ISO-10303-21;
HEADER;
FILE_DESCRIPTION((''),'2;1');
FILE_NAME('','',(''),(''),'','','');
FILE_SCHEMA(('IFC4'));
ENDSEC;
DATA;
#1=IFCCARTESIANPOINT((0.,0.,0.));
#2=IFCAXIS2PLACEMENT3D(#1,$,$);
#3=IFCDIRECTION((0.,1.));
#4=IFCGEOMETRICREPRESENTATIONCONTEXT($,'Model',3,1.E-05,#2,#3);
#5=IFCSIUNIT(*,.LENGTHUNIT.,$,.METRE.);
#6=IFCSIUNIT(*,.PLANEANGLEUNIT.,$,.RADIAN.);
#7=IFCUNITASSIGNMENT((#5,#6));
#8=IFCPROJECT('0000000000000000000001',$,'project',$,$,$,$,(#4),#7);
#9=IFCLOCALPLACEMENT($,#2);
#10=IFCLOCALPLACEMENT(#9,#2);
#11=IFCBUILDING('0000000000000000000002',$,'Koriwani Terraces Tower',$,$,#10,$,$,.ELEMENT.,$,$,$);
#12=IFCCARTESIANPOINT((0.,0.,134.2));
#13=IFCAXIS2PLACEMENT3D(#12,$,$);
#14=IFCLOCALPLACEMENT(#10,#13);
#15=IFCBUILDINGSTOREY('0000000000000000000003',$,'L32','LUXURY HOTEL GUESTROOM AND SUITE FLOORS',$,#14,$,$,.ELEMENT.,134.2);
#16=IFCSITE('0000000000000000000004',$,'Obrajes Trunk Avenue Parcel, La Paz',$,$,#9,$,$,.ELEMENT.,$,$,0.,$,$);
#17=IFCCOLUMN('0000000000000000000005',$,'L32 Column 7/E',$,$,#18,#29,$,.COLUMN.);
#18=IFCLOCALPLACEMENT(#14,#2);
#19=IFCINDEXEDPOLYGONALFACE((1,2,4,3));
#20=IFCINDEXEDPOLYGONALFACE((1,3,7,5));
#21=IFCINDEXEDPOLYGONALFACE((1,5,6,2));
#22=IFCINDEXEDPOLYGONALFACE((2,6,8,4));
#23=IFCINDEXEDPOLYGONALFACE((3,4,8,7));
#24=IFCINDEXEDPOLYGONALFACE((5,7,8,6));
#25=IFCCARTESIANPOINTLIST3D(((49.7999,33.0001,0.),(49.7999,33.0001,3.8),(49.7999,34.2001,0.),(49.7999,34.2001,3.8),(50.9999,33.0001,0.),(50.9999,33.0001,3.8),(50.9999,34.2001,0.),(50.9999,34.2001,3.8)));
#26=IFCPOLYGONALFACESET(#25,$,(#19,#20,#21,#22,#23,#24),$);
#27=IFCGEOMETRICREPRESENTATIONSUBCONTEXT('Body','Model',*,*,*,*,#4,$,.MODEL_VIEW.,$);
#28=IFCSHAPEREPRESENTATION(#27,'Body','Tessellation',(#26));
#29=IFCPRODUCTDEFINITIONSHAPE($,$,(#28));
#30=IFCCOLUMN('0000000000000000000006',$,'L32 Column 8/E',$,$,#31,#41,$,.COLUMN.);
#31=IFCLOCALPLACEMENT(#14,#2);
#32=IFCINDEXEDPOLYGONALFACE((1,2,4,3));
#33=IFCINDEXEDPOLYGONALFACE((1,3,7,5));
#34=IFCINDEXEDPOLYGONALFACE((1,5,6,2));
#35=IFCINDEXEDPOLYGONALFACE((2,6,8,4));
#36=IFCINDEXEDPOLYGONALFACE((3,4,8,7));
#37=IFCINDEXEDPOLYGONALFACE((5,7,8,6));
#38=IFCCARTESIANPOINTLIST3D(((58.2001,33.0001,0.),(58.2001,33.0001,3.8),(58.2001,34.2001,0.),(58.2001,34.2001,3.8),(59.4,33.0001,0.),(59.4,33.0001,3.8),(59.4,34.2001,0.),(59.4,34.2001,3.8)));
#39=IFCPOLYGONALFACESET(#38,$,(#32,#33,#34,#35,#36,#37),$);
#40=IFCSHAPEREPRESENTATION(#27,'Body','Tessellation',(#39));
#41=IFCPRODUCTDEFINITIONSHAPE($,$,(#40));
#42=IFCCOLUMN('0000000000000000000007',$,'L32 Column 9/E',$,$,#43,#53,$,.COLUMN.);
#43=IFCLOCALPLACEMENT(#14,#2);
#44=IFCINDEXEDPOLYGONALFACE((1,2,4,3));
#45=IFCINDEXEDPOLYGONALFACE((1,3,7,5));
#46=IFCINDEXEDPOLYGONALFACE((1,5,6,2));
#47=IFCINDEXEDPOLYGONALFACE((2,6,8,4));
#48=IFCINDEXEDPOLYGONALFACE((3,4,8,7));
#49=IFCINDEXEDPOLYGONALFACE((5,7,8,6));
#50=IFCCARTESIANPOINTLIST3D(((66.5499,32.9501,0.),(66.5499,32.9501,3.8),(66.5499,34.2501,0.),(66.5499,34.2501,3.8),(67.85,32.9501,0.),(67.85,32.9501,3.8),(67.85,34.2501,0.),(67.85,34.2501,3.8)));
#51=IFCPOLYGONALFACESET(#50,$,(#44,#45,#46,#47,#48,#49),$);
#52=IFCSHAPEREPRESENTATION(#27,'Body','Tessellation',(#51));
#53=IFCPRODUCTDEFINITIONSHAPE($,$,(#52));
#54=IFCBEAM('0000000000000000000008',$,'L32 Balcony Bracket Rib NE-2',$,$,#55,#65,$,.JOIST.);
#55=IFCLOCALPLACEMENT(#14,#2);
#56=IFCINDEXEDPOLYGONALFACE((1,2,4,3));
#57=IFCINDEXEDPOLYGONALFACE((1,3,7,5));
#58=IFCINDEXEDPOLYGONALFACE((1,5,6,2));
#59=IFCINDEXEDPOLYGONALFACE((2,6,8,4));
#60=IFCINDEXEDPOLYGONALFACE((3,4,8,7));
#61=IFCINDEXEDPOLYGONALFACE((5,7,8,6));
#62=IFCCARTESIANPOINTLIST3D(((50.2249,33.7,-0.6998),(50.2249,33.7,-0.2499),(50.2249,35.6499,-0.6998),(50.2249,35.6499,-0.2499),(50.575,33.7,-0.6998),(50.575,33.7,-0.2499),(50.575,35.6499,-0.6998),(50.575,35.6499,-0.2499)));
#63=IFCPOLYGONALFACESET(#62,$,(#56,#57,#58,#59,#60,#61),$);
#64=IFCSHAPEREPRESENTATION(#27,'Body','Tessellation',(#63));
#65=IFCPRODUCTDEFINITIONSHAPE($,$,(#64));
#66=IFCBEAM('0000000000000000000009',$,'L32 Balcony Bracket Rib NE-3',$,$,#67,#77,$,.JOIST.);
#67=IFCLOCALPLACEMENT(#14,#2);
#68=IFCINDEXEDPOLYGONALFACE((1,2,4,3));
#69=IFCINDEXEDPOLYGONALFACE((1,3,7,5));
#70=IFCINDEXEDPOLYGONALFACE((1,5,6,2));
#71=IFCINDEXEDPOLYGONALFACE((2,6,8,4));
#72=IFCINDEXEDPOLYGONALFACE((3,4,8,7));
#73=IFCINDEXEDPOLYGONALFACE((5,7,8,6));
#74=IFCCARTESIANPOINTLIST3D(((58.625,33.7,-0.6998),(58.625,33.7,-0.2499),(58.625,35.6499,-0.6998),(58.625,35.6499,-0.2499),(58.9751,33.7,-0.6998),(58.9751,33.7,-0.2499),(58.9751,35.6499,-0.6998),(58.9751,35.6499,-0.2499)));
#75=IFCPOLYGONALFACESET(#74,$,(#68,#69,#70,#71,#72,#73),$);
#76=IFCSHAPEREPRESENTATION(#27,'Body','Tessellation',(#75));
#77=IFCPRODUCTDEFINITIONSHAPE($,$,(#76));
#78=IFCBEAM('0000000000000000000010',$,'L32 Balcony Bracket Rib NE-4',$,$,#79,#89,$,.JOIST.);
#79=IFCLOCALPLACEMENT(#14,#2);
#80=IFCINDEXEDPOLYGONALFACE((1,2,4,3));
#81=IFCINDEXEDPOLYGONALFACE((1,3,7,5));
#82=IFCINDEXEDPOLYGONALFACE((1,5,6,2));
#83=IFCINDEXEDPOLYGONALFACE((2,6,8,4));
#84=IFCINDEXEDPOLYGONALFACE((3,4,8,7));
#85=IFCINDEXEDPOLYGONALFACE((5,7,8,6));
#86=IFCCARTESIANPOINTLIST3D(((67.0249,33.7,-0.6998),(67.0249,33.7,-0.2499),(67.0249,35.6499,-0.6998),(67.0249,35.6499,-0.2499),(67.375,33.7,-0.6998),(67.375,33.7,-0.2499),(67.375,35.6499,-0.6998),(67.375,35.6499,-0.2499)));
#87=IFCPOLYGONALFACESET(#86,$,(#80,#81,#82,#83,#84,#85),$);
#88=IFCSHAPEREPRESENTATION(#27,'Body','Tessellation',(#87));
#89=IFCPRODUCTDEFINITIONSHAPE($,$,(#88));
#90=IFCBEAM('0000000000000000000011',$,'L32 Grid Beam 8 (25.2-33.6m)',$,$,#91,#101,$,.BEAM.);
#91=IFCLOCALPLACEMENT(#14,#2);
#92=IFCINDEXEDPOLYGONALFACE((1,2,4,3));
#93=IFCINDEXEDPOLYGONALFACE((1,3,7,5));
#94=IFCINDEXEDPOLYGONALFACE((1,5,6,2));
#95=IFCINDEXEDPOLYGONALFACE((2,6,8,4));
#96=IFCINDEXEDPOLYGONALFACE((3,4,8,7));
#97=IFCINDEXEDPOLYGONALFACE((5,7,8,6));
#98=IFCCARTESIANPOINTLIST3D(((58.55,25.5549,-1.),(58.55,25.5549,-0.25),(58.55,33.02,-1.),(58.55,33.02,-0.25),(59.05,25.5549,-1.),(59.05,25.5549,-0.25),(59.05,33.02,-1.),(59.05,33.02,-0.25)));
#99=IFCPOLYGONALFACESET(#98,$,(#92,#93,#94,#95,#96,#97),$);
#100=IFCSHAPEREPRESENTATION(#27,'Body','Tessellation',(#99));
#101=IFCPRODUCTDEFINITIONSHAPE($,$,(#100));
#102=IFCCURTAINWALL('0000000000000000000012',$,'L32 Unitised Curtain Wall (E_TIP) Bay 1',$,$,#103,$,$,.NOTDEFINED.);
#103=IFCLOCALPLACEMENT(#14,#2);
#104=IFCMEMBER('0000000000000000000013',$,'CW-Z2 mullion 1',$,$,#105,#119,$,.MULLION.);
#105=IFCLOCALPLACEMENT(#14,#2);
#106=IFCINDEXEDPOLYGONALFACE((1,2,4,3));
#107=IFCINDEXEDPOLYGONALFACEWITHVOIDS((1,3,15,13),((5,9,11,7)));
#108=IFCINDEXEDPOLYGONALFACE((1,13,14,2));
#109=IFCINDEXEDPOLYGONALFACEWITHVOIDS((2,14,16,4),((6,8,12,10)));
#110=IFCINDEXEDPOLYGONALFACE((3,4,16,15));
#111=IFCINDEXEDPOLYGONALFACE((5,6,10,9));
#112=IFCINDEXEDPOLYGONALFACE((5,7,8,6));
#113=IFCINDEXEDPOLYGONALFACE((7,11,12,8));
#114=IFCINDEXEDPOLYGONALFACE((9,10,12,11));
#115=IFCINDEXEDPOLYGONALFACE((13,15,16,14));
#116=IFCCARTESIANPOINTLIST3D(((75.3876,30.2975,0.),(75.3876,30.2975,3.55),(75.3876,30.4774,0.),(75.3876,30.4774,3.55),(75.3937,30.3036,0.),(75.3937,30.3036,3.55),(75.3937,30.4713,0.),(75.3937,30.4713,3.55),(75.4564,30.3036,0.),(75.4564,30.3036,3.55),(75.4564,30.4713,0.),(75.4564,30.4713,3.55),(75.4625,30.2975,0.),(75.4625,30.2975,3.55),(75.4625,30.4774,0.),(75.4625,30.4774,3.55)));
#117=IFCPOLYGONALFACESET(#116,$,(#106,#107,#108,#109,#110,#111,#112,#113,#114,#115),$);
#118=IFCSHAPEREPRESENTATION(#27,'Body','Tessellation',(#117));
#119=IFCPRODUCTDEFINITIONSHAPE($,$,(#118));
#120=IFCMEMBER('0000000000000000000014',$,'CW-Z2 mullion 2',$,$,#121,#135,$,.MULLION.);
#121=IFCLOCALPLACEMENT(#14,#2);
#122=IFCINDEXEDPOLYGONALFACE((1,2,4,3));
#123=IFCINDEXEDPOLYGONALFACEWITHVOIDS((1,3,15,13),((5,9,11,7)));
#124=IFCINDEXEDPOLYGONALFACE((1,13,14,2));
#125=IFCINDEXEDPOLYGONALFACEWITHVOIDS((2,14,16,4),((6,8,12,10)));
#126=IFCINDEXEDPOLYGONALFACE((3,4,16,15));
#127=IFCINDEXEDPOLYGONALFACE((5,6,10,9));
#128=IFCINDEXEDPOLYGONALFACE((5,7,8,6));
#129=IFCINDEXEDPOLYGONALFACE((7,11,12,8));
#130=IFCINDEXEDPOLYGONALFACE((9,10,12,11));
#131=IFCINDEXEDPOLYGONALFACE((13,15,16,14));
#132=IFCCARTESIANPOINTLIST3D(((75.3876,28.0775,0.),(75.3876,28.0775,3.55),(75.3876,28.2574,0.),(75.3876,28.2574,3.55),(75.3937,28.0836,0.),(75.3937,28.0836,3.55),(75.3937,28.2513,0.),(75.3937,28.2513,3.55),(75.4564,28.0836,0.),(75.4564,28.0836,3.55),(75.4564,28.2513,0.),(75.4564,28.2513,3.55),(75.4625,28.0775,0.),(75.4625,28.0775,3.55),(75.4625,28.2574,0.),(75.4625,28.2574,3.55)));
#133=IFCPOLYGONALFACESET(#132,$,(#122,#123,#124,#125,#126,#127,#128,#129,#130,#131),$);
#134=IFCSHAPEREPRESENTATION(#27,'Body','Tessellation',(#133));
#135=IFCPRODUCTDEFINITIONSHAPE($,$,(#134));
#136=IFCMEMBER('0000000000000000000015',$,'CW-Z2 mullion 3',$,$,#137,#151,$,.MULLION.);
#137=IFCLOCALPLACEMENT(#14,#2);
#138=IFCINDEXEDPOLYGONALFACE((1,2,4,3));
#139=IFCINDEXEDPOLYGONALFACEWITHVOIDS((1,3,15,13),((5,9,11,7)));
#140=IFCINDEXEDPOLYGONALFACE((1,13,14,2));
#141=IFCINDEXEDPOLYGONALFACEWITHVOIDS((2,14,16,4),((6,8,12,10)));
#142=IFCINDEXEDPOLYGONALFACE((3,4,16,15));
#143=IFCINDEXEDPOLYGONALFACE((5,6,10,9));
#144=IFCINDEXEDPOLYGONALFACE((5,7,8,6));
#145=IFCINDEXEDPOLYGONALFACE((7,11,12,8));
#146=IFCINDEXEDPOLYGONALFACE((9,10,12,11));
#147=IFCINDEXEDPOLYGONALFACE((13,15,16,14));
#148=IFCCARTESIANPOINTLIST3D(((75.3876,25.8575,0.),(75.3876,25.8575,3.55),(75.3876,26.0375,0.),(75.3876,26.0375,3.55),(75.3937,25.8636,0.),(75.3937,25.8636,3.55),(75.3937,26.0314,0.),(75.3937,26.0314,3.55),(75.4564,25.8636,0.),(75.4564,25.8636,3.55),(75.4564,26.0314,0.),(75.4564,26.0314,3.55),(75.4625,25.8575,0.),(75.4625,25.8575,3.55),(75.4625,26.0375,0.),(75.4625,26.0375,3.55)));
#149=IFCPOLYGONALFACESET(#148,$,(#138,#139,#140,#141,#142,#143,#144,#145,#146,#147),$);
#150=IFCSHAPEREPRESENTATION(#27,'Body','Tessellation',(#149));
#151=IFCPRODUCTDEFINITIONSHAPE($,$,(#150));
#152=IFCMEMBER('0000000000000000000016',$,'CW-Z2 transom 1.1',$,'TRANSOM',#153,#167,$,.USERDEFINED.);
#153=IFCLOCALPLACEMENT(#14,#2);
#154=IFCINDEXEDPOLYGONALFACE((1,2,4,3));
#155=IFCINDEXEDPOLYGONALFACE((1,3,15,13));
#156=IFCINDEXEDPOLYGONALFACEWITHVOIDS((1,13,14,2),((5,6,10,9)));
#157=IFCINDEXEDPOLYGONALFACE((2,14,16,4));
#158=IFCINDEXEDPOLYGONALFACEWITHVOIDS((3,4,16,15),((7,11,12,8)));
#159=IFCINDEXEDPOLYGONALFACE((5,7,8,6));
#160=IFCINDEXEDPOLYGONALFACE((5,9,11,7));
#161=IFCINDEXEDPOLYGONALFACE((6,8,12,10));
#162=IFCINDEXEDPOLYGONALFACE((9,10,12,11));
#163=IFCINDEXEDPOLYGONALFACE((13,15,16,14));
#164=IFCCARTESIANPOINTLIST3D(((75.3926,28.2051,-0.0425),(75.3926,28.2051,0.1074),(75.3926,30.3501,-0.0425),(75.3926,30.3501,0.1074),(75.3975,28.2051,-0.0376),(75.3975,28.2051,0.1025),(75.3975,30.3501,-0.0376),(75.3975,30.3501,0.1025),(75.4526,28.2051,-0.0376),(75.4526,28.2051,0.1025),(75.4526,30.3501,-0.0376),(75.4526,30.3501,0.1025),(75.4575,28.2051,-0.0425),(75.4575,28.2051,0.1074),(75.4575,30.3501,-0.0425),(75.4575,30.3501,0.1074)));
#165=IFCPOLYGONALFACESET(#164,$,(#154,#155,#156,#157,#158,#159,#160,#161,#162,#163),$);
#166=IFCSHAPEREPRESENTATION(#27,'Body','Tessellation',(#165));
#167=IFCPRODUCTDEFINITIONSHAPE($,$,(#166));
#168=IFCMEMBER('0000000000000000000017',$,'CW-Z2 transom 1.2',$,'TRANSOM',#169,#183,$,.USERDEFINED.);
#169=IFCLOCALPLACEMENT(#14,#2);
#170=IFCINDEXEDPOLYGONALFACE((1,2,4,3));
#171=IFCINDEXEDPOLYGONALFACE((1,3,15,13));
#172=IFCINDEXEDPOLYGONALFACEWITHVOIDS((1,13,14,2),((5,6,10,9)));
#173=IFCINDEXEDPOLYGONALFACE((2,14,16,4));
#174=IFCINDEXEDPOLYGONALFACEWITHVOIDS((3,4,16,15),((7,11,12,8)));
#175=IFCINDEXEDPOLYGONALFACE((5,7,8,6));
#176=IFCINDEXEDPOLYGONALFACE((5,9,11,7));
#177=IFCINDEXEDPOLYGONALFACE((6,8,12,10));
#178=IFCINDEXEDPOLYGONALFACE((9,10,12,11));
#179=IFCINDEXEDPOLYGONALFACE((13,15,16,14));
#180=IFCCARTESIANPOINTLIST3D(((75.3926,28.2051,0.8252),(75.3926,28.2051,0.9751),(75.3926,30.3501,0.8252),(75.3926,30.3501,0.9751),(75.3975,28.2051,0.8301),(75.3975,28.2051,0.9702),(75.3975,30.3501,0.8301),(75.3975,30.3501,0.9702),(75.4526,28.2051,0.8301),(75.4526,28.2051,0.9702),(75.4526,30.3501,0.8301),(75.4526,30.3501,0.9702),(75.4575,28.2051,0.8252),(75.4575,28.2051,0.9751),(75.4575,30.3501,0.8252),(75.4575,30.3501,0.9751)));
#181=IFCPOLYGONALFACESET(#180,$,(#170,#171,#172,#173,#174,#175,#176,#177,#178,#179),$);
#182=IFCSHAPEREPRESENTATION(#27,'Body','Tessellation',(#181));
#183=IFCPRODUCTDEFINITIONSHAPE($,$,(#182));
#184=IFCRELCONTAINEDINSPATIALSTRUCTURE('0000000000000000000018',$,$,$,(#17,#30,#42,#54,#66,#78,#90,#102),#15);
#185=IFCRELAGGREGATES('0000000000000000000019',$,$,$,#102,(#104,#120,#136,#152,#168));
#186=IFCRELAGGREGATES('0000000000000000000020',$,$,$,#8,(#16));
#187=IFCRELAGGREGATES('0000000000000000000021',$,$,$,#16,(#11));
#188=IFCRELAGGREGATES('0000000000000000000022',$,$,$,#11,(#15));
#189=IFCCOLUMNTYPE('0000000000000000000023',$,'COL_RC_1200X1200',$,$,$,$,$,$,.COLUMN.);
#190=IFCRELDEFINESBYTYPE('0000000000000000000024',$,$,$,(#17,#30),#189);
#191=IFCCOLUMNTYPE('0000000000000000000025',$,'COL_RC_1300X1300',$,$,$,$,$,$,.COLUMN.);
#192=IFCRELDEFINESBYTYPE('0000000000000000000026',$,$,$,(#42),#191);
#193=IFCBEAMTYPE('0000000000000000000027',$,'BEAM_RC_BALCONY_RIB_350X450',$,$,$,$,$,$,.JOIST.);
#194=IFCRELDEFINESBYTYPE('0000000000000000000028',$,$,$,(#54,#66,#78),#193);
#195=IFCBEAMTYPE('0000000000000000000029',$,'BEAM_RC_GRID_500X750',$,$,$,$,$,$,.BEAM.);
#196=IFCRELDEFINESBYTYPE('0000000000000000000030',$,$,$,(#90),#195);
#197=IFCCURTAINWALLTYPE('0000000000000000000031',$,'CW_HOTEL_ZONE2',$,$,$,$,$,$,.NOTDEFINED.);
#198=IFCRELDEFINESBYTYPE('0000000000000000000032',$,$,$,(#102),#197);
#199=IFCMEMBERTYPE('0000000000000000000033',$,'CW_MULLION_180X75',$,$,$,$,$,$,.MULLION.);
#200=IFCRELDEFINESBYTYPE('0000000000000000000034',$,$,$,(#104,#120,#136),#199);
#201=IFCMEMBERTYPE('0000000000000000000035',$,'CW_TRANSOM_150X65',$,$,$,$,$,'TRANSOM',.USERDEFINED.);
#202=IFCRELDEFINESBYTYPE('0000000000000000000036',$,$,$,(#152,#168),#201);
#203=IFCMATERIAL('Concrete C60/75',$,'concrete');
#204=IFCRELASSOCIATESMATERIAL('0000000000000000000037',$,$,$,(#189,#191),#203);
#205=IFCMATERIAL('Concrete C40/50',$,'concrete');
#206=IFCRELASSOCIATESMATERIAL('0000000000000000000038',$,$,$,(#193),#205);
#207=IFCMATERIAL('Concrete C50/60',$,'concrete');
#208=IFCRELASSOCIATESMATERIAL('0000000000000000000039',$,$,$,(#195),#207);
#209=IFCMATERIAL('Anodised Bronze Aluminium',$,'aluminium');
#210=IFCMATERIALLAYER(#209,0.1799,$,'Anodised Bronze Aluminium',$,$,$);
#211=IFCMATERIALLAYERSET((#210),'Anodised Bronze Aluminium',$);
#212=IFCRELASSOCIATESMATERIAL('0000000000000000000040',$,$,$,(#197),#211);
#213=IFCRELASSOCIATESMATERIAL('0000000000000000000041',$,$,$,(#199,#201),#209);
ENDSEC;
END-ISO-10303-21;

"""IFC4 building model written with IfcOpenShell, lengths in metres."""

from ifc_helpers import new_model, si_unit, direction, frame, origin, origin_2d, place, context, subcontext, project, spatial, rectangle, hollow_rectangle, extrude, material, layer, layer_set, material_profile, profile_set, type_object, element, aggregate, save


model = new_model("IFC4")

# Units and contexts
model_context = context("Model", 3, precision=1e-05, world=origin(), true_north=direction((0.0, 1.0)))
body_context = subcontext(model_context, "Body", "Model", "MODEL_VIEW")
ifc_project = project(units=[si_unit("LENGTHUNIT", "METRE"), si_unit("PLANEANGLEUNIT", "RADIAN")], contexts=[model_context])

# Site, building, storey
site_placement = place(None, origin())
site = spatial("IfcSite", under=ifc_project, at=site_placement, Name="Obrajes Trunk Avenue Parcel, La Paz", CompositionType="ELEMENT", RefElevation=0.0)
building_placement = place(site_placement, origin())
building = spatial("IfcBuilding", under=site, at=building_placement, Name="Koriwani Terraces Tower", CompositionType="ELEMENT")
storey_placement = place(building_placement, frame((0.0, 0.0, 134.2)))
storey = spatial("IfcBuildingStorey", under=building, at=storey_placement, Name="L32", Description="LUXURY HOTEL GUESTROOM AND SUITE FLOORS", CompositionType="ELEMENT", Elevation=134.2)

# Columns
ifc_material_1 = material(Name="Concrete C60/75", Category="concrete")
ifc_material_profile_1 = material_profile(ifc_material_1, rectangle(XDim=1.2, YDim=1.2, at=origin_2d()), Name="Concrete C60/75", Category="LoadBearing")
ifc_profile_set_1 = profile_set([ifc_material_profile_1], Name="Concrete C60/75")
column_type_1 = type_object("IfcColumnType", Name="COL_RC_1200X1200", PredefinedType="COLUMN", material=ifc_profile_set_1)
for number, where, z_axis, x_axis, name in (
    (1, (50.3999, 33.6001, 0.0), (0.0, 0.0, 1.0), (1.0, 0.0, 0.0), "L32 Column 7/E"),
    (2, (58.8, 33.6001, 0.0), (0.0, 0.0, 1.0), (1.0, 0.0, 0.0), "L32 Column 8/E"),
):
    element("IfcColumn", number, at=place(storey_placement, frame(where, z_axis=z_axis, x_axis=x_axis)), inside=storey, type_object=column_type_1, Name=name, PredefinedType="COLUMN", context=body_context, shape_type="SweptSolid", body=[
        extrude(rectangle(XDim=1.2, YDim=1.2, at=origin_2d()), origin(), (0.0, 0.0, 1.0), 3.8),
    ])
ifc_material_profile_2 = material_profile(ifc_material_1, rectangle(XDim=1.3, YDim=1.3, at=origin_2d()), Name="Concrete C60/75", Category="LoadBearing")
ifc_profile_set_2 = profile_set([ifc_material_profile_2], Name="Concrete C60/75")
column_type_2 = type_object("IfcColumnType", Name="COL_RC_1300X1300", PredefinedType="COLUMN", material=ifc_profile_set_2)
column_placement = place(storey_placement, frame((67.2, 33.6001, 0.0), z_axis=(0.0, 0.0, 1.0), x_axis=(1.0, 0.0, 0.0)))
element("IfcColumn", 3, at=column_placement, inside=storey, type_object=column_type_2, Name="L32 Column 9/E", PredefinedType="COLUMN", context=body_context, shape_type="SweptSolid", body=[
    extrude(rectangle(XDim=1.3, YDim=1.3, at=origin_2d()), origin(), (0.0, 0.0, 1.0), 3.8),
])

# Beams
ifc_material_2 = material(Name="Concrete C40/50", Category="concrete")
ifc_material_profile_3 = material_profile(ifc_material_2, rectangle(XDim=0.3501, YDim=0.45, at=origin_2d()), Name="Concrete C40/50", Category="LoadBearing")
ifc_profile_set_3 = profile_set([ifc_material_profile_3], Name="Concrete C40/50")
beam_type_1 = type_object("IfcBeamType", Name="BEAM_RC_BALCONY_RIB_350X450", PredefinedType="JOIST", material=ifc_profile_set_3)
for number, where, z_axis, x_axis, name in (
    (4, (50.3999, 33.7, -0.4749), (0.0, 1.0, 0.0), (-1.0, 0.0, 0.0), "L32 Balcony Bracket Rib NE-2"),
    (5, (58.8, 33.7, -0.4749), (0.0, 1.0, 0.0), (-1.0, 0.0, 0.0), "L32 Balcony Bracket Rib NE-3"),
    (6, (67.2, 33.7, -0.4749), (0.0, 1.0, 0.0), (-1.0, 0.0, 0.0), "L32 Balcony Bracket Rib NE-4"),
):
    element("IfcBeam", number, at=place(storey_placement, frame(where, z_axis=z_axis, x_axis=x_axis)), inside=storey, type_object=beam_type_1, Name=name, PredefinedType="JOIST", context=body_context, shape_type="SweptSolid", body=[
        extrude(rectangle(XDim=0.3501, YDim=0.45, at=origin_2d()), origin(), (0.0, 0.0, 1.0), 1.95),
    ])
ifc_material_3 = material(Name="Concrete C50/60", Category="concrete")
ifc_material_profile_4 = material_profile(ifc_material_3, rectangle(XDim=0.5, YDim=0.75, at=origin_2d()), Name="Concrete C50/60", Category="LoadBearing")
ifc_profile_set_4 = profile_set([ifc_material_profile_4], Name="Concrete C50/60")
beam_type_2 = type_object("IfcBeamType", Name="BEAM_RC_GRID_500X750", PredefinedType="BEAM", material=ifc_profile_set_4)
beam_1_placement = place(storey_placement, frame((58.8, 25.5549, -0.625), z_axis=(0.0, 1.0, 0.0), x_axis=(-1.0, 0.0, 0.0)))
element("IfcBeam", 7, at=beam_1_placement, inside=storey, type_object=beam_type_2, Name="L32 Grid Beam 8 (25.2-33.6m)", PredefinedType="BEAM", context=body_context, shape_type="SweptSolid", body=[
    extrude(rectangle(XDim=0.5, YDim=0.75, at=origin_2d()), origin(), (0.0, 0.0, 1.0), 7.4651),
])

# Curtain wall, members
ifc_material_4 = material(Name="Anodised Bronze Aluminium", Category="aluminium")
ifc_layer_1 = layer(ifc_material_4, 0.1799, Name="Anodised Bronze Aluminium")
ifc_layer_set_1 = layer_set([ifc_layer_1], Name="Anodised Bronze Aluminium")
curtain_wall_type = type_object("IfcCurtainWallType", Name="CW_HOTEL_ZONE2", PredefinedType="NOTDEFINED", material=ifc_layer_set_1)
curtain_wall_placement = place(storey_placement, origin())
curtain_wall = element("IfcCurtainWall", 8, at=curtain_wall_placement, inside=storey, type_object=curtain_wall_type, Name="L32 Unitised Curtain Wall (E_TIP) Bay 1", PredefinedType="NOTDEFINED")
ifc_material_profile_5 = material_profile(ifc_material_4, hollow_rectangle(XDim=0.075, YDim=0.1799, WallThickness=0.0061, at=origin_2d()), Name="Anodised Bronze Aluminium", Category="LoadBearing")
ifc_profile_set_5 = profile_set([ifc_material_profile_5], Name="Anodised Bronze Aluminium")
member_type_1 = type_object("IfcMemberType", Name="CW_MULLION_180X75", PredefinedType="MULLION", material=ifc_profile_set_5)
member_1_placement = place(storey_placement, frame((75.425, 30.3875, 0.0), z_axis=(0.0, 0.0, 1.0), x_axis=(1.0, 0.0, 0.0)))
member_1 = element("IfcMember", 9, at=member_1_placement, type_object=member_type_1, Name="CW-Z2 mullion 1", PredefinedType="MULLION", context=body_context, shape_type="SweptSolid", body=[
    extrude(hollow_rectangle(XDim=0.075, YDim=0.1799, WallThickness=0.0061, at=origin_2d()), origin(), (0.0, 0.0, 1.0), 3.55),
])
member_2_placement = place(storey_placement, frame((75.425, 28.1675, 0.0), z_axis=(0.0, 0.0, 1.0), x_axis=(1.0, 0.0, 0.0)))
member_2 = element("IfcMember", 10, at=member_2_placement, type_object=member_type_1, Name="CW-Z2 mullion 2", PredefinedType="MULLION", context=body_context, shape_type="SweptSolid", body=[
    extrude(hollow_rectangle(XDim=0.075, YDim=0.1799, WallThickness=0.0061, at=origin_2d()), origin(), (0.0, 0.0, 1.0), 3.55),
])
member_3_placement = place(storey_placement, frame((75.425, 25.9475, 0.0), z_axis=(0.0, 0.0, 1.0), x_axis=(1.0, 0.0, 0.0)))
member_3 = element("IfcMember", 11, at=member_3_placement, type_object=member_type_1, Name="CW-Z2 mullion 3", PredefinedType="MULLION", context=body_context, shape_type="SweptSolid", body=[
    extrude(hollow_rectangle(XDim=0.075, YDim=0.1799, WallThickness=0.0061, at=origin_2d()), origin(), (0.0, 0.0, 1.0), 3.55),
])
ifc_material_profile_6 = material_profile(ifc_material_4, hollow_rectangle(XDim=0.0649, YDim=0.1499, WallThickness=0.0049, at=origin_2d()), Name="Anodised Bronze Aluminium", Category="LoadBearing")
ifc_profile_set_6 = profile_set([ifc_material_profile_6], Name="Anodised Bronze Aluminium")
member_type_2 = type_object("IfcMemberType", Name="CW_TRANSOM_150X65", ElementType="TRANSOM", PredefinedType="USERDEFINED", material=ifc_profile_set_6)
member_4_placement = place(storey_placement, frame((75.425, 30.3501, 0.0325), z_axis=(0.0, -1.0, 0.0), x_axis=(1.0, 0.0, 0.0)))
member_4 = element("IfcMember", 12, at=member_4_placement, type_object=member_type_2, Name="CW-Z2 transom 1.1", ObjectType="TRANSOM", PredefinedType="USERDEFINED", context=body_context, shape_type="SweptSolid", body=[
    extrude(hollow_rectangle(XDim=0.0649, YDim=0.1499, WallThickness=0.0049, at=origin_2d()), origin(), (0.0, 0.0, 1.0), 2.145),
])
member_5_placement = place(storey_placement, frame((75.425, 30.3501, 0.9001), z_axis=(0.0, -1.0, 0.0), x_axis=(1.0, 0.0, 0.0)))
member_5 = element("IfcMember", 13, at=member_5_placement, type_object=member_type_2, Name="CW-Z2 transom 1.2", ObjectType="TRANSOM", PredefinedType="USERDEFINED", context=body_context, shape_type="SweptSolid", body=[
    extrude(hollow_rectangle(XDim=0.0649, YDim=0.1499, WallThickness=0.0049, at=origin_2d()), origin(), (0.0, 0.0, 1.0), 2.145),
])

aggregate(curtain_wall, [member_1, member_2, member_3, member_4, member_5])

save(model, "model.ifc")
